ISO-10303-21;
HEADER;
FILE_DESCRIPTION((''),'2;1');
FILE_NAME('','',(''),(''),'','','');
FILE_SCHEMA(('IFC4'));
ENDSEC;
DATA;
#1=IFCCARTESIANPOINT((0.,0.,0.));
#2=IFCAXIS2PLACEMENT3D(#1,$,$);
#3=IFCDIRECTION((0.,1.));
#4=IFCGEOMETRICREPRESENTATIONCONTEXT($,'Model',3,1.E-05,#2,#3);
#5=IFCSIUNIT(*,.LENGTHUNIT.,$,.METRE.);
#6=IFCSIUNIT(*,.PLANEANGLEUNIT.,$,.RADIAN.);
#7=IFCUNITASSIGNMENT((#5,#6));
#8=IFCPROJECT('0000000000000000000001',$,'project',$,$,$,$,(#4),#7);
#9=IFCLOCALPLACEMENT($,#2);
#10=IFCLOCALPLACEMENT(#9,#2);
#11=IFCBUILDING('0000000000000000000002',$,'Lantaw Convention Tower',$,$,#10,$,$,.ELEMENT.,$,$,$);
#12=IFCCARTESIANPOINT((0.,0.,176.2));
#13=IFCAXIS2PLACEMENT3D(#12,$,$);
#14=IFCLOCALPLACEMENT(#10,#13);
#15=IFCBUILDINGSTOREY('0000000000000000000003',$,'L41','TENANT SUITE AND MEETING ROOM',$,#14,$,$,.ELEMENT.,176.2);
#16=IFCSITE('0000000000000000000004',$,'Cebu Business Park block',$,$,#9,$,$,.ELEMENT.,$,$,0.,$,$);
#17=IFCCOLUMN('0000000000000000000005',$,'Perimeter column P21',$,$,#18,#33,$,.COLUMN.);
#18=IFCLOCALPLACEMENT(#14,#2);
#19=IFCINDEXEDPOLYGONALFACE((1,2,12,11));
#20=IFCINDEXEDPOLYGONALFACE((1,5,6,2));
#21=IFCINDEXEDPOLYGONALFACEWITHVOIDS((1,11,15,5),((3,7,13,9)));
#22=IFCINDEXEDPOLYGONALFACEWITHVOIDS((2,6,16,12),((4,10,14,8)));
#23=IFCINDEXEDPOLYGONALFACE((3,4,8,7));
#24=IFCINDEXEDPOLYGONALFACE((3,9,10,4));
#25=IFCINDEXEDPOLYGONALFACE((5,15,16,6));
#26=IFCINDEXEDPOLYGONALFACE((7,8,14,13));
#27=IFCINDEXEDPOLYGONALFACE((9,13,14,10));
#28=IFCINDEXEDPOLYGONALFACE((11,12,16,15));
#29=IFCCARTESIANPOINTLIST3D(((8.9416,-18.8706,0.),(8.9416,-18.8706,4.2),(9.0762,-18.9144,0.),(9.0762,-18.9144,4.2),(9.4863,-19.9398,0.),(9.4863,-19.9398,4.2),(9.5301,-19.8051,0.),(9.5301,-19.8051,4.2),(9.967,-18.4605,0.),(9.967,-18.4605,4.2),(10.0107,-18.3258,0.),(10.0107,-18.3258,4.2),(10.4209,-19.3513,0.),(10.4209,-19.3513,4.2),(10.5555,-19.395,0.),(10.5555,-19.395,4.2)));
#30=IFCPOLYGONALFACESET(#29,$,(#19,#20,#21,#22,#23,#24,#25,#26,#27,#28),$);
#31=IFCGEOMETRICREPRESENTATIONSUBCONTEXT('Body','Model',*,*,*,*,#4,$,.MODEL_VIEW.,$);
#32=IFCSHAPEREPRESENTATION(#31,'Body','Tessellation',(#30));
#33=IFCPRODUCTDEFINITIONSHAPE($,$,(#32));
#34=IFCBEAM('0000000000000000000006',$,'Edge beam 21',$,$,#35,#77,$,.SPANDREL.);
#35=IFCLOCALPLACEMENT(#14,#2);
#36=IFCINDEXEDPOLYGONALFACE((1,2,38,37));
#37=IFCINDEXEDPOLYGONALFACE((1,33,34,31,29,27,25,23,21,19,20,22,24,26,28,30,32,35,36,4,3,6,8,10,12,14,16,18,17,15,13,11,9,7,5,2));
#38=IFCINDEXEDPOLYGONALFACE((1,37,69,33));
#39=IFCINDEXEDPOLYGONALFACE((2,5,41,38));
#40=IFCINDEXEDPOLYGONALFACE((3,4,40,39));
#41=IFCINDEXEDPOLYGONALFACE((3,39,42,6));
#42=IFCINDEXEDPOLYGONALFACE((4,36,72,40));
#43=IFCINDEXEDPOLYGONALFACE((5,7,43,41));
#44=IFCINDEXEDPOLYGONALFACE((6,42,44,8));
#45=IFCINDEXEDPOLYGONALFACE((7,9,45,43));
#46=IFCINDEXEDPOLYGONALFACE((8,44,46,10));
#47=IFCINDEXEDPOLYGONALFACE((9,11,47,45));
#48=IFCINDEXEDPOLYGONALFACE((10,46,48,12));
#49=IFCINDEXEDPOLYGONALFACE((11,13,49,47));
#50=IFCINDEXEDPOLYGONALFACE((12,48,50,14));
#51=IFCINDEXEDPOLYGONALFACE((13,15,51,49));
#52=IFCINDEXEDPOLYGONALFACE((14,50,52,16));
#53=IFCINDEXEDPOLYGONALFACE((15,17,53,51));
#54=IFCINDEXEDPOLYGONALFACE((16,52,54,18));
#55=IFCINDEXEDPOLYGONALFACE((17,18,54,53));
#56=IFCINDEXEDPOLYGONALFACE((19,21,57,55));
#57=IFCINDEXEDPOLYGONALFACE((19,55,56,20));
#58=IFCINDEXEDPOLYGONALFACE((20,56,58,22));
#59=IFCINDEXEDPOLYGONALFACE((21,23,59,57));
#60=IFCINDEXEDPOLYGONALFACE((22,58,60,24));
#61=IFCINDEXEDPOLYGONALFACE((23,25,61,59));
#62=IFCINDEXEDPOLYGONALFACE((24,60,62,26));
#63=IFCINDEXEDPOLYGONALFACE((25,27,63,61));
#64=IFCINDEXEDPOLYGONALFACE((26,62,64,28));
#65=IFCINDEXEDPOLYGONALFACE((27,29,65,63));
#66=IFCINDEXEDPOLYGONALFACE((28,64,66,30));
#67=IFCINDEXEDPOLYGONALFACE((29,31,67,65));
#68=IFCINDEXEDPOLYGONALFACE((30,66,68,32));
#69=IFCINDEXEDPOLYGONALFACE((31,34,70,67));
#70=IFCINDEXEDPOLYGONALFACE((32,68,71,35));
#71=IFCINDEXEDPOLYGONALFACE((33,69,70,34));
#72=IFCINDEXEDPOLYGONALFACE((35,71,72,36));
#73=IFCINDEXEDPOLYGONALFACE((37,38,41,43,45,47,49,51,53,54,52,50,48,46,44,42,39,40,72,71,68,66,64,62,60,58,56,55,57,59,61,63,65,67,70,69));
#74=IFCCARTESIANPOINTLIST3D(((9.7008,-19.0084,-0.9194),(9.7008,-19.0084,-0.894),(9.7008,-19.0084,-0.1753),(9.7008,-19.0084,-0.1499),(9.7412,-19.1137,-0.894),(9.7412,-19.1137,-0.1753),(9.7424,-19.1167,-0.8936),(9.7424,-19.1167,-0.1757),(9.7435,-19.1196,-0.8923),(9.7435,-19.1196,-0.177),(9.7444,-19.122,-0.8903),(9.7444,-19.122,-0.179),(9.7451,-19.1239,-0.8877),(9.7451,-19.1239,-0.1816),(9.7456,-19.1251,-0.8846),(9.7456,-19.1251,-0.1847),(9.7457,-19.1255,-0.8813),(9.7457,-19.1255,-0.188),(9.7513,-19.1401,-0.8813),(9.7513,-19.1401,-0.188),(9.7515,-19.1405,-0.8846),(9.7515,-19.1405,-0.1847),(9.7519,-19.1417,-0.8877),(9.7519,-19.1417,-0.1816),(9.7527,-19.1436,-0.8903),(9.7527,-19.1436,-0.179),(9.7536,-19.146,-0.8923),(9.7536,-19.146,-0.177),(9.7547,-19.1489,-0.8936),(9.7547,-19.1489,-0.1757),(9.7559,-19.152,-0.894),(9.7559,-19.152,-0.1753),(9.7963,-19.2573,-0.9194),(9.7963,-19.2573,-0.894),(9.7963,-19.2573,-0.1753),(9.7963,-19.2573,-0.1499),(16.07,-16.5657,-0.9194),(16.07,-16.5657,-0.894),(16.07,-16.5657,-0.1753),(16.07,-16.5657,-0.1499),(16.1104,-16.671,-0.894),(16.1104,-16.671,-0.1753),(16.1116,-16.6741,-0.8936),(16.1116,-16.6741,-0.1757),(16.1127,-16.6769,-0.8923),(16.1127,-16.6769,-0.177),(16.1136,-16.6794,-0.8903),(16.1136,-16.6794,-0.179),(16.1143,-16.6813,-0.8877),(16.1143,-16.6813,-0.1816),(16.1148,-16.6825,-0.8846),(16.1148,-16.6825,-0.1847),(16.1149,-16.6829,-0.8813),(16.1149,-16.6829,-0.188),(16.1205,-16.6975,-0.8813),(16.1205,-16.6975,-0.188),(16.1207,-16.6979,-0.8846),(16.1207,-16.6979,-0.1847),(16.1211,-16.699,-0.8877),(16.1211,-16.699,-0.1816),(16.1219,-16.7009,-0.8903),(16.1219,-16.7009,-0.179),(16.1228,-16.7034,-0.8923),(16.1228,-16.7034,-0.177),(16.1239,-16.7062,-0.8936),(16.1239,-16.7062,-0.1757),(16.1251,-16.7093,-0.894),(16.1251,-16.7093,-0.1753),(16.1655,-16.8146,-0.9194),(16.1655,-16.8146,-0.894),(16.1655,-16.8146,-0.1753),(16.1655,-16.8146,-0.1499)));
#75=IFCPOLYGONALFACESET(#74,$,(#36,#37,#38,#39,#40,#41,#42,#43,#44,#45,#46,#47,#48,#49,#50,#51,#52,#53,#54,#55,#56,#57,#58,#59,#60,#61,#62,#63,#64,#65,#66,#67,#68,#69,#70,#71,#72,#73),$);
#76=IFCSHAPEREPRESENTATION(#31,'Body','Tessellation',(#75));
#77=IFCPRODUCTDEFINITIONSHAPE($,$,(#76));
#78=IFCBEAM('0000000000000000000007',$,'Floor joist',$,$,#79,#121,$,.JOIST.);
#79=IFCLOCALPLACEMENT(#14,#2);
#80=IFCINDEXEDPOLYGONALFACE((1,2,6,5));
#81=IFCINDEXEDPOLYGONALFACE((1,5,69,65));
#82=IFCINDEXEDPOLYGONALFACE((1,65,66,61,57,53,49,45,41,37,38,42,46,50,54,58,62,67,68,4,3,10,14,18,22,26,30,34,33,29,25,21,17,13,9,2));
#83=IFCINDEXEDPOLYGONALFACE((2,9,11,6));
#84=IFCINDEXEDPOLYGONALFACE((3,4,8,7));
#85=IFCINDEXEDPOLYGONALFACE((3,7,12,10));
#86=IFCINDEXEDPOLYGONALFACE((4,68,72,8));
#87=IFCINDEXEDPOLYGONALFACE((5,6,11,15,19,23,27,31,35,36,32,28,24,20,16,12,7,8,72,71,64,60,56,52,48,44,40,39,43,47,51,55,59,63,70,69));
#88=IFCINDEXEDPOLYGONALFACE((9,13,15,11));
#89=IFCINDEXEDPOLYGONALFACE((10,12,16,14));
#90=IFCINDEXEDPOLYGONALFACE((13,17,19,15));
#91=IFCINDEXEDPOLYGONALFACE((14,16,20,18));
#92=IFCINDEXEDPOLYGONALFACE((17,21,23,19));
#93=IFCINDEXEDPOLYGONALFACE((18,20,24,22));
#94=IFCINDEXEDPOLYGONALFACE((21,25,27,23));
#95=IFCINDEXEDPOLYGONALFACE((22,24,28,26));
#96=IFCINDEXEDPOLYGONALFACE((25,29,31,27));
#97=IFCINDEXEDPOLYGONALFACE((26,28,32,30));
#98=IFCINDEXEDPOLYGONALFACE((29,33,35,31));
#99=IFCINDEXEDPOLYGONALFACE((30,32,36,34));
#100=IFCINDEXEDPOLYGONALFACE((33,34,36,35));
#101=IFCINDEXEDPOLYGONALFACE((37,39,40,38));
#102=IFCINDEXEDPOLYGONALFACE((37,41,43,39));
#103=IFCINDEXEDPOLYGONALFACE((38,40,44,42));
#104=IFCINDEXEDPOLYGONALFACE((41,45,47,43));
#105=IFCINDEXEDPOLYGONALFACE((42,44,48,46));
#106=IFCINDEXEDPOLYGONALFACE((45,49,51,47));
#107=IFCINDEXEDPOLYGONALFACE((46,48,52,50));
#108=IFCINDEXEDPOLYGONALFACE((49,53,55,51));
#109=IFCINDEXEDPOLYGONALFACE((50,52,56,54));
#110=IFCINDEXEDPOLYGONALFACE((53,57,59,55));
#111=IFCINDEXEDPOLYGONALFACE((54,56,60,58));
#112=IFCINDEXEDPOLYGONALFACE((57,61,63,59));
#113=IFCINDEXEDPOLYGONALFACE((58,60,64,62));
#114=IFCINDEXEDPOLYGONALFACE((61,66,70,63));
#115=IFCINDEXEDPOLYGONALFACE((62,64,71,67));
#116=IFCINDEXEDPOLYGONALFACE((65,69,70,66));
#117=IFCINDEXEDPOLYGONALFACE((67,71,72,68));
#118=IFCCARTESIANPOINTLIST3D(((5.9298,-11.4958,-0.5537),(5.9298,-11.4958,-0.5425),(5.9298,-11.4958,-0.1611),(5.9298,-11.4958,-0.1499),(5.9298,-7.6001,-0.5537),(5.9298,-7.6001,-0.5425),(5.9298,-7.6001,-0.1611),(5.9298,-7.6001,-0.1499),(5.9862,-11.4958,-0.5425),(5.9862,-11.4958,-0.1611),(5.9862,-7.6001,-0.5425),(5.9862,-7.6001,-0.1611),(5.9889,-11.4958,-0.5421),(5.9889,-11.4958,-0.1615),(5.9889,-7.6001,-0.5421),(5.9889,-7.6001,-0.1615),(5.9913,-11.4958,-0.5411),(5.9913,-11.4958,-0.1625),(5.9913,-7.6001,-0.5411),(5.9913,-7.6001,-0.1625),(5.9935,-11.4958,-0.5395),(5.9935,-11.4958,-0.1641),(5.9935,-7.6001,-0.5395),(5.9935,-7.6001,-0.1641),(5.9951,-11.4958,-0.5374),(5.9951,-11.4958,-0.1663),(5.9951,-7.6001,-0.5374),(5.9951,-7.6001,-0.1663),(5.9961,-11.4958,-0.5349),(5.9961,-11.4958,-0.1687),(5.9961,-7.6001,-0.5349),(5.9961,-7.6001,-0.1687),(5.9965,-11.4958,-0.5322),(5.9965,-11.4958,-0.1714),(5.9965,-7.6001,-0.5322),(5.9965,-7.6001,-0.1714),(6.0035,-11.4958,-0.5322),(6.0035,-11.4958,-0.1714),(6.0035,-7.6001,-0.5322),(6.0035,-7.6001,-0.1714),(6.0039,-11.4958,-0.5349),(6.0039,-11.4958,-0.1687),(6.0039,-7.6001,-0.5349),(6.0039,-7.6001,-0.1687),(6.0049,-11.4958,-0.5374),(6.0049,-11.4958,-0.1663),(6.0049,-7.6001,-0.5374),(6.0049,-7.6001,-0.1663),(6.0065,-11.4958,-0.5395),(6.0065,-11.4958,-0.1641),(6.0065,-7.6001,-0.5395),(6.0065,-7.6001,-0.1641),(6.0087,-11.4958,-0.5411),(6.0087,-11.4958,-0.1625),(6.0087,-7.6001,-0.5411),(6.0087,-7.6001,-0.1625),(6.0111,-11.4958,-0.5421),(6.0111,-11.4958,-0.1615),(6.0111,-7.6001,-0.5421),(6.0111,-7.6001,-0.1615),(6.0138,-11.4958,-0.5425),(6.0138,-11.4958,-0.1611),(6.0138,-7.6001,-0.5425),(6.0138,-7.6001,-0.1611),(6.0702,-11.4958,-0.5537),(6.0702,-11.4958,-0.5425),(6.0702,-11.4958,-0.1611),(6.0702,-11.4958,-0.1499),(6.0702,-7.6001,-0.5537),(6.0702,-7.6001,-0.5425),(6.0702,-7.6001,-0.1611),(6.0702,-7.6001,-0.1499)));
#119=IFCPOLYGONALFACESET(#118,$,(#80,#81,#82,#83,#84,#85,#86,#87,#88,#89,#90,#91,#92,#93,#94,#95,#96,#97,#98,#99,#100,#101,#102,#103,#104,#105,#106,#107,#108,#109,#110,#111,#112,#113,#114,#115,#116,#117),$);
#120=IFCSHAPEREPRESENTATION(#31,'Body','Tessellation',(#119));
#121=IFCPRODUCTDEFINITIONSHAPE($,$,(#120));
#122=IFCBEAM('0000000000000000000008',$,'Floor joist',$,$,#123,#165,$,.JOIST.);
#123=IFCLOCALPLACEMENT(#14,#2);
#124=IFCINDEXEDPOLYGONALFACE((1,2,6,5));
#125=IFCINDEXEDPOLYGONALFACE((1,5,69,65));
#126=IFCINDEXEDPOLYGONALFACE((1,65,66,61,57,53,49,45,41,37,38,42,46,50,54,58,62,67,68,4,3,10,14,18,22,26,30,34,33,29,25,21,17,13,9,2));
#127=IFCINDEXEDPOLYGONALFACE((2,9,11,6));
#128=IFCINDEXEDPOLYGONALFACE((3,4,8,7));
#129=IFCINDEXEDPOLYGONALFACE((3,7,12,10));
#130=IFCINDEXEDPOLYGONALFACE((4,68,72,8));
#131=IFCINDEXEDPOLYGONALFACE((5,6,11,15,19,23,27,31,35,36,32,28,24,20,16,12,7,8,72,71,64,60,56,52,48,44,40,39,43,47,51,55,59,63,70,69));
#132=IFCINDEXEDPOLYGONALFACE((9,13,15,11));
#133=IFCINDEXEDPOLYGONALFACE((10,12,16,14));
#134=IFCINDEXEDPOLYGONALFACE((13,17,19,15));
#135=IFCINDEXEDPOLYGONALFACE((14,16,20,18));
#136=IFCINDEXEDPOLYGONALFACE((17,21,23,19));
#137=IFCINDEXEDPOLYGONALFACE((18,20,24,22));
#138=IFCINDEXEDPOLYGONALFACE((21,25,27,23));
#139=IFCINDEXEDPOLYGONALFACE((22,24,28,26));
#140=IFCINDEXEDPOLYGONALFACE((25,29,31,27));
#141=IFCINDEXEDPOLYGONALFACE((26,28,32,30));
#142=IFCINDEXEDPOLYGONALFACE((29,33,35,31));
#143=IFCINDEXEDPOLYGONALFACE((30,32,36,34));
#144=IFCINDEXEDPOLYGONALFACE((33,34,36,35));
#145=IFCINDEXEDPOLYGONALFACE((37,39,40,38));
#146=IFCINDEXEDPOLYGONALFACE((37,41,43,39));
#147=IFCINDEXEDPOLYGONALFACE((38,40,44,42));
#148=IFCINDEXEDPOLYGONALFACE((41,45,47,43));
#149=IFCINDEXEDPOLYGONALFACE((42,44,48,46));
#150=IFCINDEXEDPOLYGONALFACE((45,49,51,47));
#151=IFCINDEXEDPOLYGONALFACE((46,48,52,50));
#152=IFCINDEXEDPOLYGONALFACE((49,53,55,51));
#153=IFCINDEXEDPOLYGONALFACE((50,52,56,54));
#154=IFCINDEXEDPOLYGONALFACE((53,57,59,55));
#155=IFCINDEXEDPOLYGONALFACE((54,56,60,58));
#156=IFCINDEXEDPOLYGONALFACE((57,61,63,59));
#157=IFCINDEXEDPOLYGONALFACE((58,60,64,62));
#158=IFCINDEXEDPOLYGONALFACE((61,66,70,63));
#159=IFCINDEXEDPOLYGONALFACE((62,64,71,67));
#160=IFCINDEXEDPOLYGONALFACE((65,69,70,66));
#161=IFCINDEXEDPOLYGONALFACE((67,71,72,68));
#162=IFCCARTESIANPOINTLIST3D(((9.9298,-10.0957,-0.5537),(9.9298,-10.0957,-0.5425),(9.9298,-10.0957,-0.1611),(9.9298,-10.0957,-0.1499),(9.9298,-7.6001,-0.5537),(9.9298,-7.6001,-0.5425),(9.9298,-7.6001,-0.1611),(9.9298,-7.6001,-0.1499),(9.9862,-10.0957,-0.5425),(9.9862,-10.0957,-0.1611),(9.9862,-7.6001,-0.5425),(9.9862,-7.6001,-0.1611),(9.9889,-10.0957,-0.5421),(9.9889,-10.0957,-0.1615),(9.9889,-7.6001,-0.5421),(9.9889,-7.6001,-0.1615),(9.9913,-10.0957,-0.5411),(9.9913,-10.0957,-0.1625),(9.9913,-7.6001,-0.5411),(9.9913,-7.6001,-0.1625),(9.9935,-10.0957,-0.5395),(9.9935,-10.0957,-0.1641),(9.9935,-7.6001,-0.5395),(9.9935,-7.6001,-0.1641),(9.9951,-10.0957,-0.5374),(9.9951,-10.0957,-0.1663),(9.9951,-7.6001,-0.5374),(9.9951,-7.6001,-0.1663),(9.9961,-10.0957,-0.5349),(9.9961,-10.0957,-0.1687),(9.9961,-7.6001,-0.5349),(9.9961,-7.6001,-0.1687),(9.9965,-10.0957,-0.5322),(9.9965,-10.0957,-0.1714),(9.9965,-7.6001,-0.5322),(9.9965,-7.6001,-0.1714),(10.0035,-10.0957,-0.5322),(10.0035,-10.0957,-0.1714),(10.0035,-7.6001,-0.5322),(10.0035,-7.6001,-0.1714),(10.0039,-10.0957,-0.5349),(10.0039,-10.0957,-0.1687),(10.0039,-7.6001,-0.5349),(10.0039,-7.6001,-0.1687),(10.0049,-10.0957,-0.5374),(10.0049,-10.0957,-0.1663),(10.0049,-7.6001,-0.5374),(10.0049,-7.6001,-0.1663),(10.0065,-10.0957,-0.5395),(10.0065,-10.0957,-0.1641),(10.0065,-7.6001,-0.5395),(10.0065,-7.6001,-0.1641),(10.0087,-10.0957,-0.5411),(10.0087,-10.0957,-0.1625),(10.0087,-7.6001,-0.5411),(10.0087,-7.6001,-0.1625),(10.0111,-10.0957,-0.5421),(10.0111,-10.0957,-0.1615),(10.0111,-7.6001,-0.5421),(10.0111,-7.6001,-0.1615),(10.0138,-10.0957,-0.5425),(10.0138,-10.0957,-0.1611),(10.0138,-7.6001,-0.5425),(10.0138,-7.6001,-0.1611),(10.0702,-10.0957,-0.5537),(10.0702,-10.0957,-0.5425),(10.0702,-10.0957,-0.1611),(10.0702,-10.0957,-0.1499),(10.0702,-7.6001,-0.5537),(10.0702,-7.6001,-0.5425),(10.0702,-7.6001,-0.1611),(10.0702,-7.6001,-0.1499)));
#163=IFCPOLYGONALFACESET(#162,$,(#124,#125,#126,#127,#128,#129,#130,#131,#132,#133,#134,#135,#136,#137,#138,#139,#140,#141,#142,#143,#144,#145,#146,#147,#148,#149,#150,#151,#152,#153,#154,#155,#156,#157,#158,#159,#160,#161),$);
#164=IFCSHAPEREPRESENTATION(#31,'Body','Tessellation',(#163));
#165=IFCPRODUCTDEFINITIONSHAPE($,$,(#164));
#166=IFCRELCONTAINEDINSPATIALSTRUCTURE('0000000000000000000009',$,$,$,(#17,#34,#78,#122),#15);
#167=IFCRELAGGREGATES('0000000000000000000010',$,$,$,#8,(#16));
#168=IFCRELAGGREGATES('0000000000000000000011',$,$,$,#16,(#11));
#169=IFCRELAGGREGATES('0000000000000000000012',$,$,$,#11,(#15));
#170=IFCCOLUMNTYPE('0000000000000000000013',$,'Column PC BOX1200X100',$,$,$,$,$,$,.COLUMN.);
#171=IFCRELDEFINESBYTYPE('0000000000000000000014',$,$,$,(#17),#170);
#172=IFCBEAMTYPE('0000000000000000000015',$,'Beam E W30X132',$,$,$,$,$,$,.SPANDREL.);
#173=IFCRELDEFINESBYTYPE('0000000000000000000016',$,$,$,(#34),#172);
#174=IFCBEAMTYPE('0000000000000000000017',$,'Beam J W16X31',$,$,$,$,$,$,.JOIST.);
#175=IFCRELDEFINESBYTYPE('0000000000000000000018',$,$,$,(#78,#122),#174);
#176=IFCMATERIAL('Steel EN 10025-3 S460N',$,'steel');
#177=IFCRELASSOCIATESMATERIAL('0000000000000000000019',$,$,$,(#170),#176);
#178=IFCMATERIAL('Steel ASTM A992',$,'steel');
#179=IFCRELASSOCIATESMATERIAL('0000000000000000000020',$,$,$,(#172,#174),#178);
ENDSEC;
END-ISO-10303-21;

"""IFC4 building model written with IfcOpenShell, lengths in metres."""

from ifc_helpers import new_model, si_unit, direction, frame, origin, origin_2d, place, context, subcontext, project, spatial, rectangle, hollow_rectangle, i_section, extrude, material, material_profile, profile_set, type_object, element, save


model = new_model("IFC4")

# Units and contexts
model_context = context("Model", 3, precision=1e-05, world=origin(), true_north=direction((0.0, 1.0)))
body_context = subcontext(model_context, "Body", "Model", "MODEL_VIEW")
ifc_project = project(units=[si_unit("LENGTHUNIT", "METRE"), si_unit("PLANEANGLEUNIT", "RADIAN")], contexts=[model_context])

# Site, building, storey
site_placement = place(None, origin())
site = spatial("IfcSite", under=ifc_project, at=site_placement, Name="Cebu Business Park block", CompositionType="ELEMENT", RefElevation=0.0)
building_placement = place(site_placement, origin())
building = spatial("IfcBuilding", under=site, at=building_placement, Name="Lantaw Convention Tower", CompositionType="ELEMENT")
storey_placement = place(building_placement, frame((0.0, 0.0, 176.2)))
storey = spatial("IfcBuildingStorey", under=building, at=storey_placement, Name="L41", Description="TENANT SUITE AND MEETING ROOM", CompositionType="ELEMENT", Elevation=176.2)

# Column
ifc_material_1 = material(Name="Steel EN 10025-3 S460N", Category="steel")
ifc_material_profile_1 = material_profile(ifc_material_1, hollow_rectangle(XDim=1.2, YDim=1.2, WallThickness=0.1001, at=origin_2d()), Name="BOX1200X100")
ifc_material_2 = material(Name="Concrete C60/75", Category="concrete")
ifc_material_profile_2 = material_profile(ifc_material_2, rectangle(XDim=1.0, YDim=1.0, at=origin_2d()), Name="Concrete fill of BOX1200X100")
ifc_profile_set_1 = profile_set([ifc_material_profile_1, ifc_material_profile_2], Name="Steel EN 10025-3 S460N")
column_type = type_object("IfcColumnType", Name="Column PC BOX1200X100", PredefinedType="COLUMN", material=ifc_profile_set_1)
column_placement = place(storey_placement, frame((9.7485, -19.1328, 0.0), z_axis=(0.0, 0.0, 1.0), x_axis=(0.891007, 0.45399, 0.0)))
element("IfcColumn", 1, at=column_placement, inside=storey, type_object=column_type, Name="Perimeter column P21", PredefinedType="COLUMN", context=body_context, shape_type="SweptSolid", body=[
    extrude(hollow_rectangle(XDim=1.2, YDim=1.2, WallThickness=0.1001, at=origin_2d()), origin(), (0.0, 0.0, 1.0), 4.2),
])

# Beams
ifc_material_3 = material(Name="Steel ASTM A992", Category="steel")
ifc_material_profile_3 = material_profile(ifc_material_3, i_section(OverallWidth=0.2666, OverallDepth=0.7695, WebThickness=0.0156, FlangeThickness=0.0254, FilletRadius=0.0127, at=origin_2d()), Name="W30X132")
ifc_profile_set_2 = profile_set([ifc_material_profile_3], Name="Steel ASTM A992")
beam_type_1 = type_object("IfcBeamType", Name="Beam E W30X132", PredefinedType="SPANDREL", material=ifc_profile_set_2)
beam_1_placement = place(storey_placement, frame((9.7485, -19.1328, -0.5347), z_axis=(0.933691, 0.35808, 0.0), x_axis=(-0.35808, 0.933691, 0.0)))
element("IfcBeam", 2, at=beam_1_placement, inside=storey, type_object=beam_type_1, Name="Edge beam 21", PredefinedType="SPANDREL", context=body_context, shape_type="SweptSolid", body=[
    extrude(i_section(OverallWidth=0.2666, OverallDepth=0.7695, WebThickness=0.0156, FlangeThickness=0.0254, FilletRadius=0.0127, at=origin_2d()), origin(), (0.0, 0.0, 1.0), 6.8215),
])
ifc_material_profile_4 = material_profile(ifc_material_3, i_section(OverallWidth=0.1404, OverallDepth=0.4038, WebThickness=0.0071, FlangeThickness=0.0112, FilletRadius=0.0103, at=origin_2d()), Name="W16X31")
ifc_profile_set_3 = profile_set([ifc_material_profile_4], Name="Steel ASTM A992")
beam_type_2 = type_object("IfcBeamType", Name="Beam J W16X31", PredefinedType="JOIST", material=ifc_profile_set_3)
beam_2_placement = place(storey_placement, frame((6.0, -11.4958, -0.3518), z_axis=(0.0, 1.0, 0.0), x_axis=(-1.0, 0.0, 0.0)))
element("IfcBeam", 3, at=beam_2_placement, inside=storey, type_object=beam_type_2, Name="Floor joist", PredefinedType="JOIST", context=body_context, shape_type="SweptSolid", body=[
    extrude(i_section(OverallWidth=0.1404, OverallDepth=0.4038, WebThickness=0.0071, FlangeThickness=0.0112, FilletRadius=0.0103, at=origin_2d()), origin(), (0.0, 0.0, 1.0), 3.8958),
])
beam_3_placement = place(storey_placement, frame((10.0, -10.0957, -0.3518), z_axis=(0.0, 1.0, 0.0), x_axis=(-1.0, 0.0, 0.0)))
element("IfcBeam", 4, at=beam_3_placement, inside=storey, type_object=beam_type_2, Name="Floor joist", PredefinedType="JOIST", context=body_context, shape_type="SweptSolid", body=[
    extrude(i_section(OverallWidth=0.1404, OverallDepth=0.4038, WebThickness=0.0071, FlangeThickness=0.0112, FilletRadius=0.0103, at=origin_2d()), origin(), (0.0, 0.0, 1.0), 2.4956),
])

save(model, "model.ifc")
